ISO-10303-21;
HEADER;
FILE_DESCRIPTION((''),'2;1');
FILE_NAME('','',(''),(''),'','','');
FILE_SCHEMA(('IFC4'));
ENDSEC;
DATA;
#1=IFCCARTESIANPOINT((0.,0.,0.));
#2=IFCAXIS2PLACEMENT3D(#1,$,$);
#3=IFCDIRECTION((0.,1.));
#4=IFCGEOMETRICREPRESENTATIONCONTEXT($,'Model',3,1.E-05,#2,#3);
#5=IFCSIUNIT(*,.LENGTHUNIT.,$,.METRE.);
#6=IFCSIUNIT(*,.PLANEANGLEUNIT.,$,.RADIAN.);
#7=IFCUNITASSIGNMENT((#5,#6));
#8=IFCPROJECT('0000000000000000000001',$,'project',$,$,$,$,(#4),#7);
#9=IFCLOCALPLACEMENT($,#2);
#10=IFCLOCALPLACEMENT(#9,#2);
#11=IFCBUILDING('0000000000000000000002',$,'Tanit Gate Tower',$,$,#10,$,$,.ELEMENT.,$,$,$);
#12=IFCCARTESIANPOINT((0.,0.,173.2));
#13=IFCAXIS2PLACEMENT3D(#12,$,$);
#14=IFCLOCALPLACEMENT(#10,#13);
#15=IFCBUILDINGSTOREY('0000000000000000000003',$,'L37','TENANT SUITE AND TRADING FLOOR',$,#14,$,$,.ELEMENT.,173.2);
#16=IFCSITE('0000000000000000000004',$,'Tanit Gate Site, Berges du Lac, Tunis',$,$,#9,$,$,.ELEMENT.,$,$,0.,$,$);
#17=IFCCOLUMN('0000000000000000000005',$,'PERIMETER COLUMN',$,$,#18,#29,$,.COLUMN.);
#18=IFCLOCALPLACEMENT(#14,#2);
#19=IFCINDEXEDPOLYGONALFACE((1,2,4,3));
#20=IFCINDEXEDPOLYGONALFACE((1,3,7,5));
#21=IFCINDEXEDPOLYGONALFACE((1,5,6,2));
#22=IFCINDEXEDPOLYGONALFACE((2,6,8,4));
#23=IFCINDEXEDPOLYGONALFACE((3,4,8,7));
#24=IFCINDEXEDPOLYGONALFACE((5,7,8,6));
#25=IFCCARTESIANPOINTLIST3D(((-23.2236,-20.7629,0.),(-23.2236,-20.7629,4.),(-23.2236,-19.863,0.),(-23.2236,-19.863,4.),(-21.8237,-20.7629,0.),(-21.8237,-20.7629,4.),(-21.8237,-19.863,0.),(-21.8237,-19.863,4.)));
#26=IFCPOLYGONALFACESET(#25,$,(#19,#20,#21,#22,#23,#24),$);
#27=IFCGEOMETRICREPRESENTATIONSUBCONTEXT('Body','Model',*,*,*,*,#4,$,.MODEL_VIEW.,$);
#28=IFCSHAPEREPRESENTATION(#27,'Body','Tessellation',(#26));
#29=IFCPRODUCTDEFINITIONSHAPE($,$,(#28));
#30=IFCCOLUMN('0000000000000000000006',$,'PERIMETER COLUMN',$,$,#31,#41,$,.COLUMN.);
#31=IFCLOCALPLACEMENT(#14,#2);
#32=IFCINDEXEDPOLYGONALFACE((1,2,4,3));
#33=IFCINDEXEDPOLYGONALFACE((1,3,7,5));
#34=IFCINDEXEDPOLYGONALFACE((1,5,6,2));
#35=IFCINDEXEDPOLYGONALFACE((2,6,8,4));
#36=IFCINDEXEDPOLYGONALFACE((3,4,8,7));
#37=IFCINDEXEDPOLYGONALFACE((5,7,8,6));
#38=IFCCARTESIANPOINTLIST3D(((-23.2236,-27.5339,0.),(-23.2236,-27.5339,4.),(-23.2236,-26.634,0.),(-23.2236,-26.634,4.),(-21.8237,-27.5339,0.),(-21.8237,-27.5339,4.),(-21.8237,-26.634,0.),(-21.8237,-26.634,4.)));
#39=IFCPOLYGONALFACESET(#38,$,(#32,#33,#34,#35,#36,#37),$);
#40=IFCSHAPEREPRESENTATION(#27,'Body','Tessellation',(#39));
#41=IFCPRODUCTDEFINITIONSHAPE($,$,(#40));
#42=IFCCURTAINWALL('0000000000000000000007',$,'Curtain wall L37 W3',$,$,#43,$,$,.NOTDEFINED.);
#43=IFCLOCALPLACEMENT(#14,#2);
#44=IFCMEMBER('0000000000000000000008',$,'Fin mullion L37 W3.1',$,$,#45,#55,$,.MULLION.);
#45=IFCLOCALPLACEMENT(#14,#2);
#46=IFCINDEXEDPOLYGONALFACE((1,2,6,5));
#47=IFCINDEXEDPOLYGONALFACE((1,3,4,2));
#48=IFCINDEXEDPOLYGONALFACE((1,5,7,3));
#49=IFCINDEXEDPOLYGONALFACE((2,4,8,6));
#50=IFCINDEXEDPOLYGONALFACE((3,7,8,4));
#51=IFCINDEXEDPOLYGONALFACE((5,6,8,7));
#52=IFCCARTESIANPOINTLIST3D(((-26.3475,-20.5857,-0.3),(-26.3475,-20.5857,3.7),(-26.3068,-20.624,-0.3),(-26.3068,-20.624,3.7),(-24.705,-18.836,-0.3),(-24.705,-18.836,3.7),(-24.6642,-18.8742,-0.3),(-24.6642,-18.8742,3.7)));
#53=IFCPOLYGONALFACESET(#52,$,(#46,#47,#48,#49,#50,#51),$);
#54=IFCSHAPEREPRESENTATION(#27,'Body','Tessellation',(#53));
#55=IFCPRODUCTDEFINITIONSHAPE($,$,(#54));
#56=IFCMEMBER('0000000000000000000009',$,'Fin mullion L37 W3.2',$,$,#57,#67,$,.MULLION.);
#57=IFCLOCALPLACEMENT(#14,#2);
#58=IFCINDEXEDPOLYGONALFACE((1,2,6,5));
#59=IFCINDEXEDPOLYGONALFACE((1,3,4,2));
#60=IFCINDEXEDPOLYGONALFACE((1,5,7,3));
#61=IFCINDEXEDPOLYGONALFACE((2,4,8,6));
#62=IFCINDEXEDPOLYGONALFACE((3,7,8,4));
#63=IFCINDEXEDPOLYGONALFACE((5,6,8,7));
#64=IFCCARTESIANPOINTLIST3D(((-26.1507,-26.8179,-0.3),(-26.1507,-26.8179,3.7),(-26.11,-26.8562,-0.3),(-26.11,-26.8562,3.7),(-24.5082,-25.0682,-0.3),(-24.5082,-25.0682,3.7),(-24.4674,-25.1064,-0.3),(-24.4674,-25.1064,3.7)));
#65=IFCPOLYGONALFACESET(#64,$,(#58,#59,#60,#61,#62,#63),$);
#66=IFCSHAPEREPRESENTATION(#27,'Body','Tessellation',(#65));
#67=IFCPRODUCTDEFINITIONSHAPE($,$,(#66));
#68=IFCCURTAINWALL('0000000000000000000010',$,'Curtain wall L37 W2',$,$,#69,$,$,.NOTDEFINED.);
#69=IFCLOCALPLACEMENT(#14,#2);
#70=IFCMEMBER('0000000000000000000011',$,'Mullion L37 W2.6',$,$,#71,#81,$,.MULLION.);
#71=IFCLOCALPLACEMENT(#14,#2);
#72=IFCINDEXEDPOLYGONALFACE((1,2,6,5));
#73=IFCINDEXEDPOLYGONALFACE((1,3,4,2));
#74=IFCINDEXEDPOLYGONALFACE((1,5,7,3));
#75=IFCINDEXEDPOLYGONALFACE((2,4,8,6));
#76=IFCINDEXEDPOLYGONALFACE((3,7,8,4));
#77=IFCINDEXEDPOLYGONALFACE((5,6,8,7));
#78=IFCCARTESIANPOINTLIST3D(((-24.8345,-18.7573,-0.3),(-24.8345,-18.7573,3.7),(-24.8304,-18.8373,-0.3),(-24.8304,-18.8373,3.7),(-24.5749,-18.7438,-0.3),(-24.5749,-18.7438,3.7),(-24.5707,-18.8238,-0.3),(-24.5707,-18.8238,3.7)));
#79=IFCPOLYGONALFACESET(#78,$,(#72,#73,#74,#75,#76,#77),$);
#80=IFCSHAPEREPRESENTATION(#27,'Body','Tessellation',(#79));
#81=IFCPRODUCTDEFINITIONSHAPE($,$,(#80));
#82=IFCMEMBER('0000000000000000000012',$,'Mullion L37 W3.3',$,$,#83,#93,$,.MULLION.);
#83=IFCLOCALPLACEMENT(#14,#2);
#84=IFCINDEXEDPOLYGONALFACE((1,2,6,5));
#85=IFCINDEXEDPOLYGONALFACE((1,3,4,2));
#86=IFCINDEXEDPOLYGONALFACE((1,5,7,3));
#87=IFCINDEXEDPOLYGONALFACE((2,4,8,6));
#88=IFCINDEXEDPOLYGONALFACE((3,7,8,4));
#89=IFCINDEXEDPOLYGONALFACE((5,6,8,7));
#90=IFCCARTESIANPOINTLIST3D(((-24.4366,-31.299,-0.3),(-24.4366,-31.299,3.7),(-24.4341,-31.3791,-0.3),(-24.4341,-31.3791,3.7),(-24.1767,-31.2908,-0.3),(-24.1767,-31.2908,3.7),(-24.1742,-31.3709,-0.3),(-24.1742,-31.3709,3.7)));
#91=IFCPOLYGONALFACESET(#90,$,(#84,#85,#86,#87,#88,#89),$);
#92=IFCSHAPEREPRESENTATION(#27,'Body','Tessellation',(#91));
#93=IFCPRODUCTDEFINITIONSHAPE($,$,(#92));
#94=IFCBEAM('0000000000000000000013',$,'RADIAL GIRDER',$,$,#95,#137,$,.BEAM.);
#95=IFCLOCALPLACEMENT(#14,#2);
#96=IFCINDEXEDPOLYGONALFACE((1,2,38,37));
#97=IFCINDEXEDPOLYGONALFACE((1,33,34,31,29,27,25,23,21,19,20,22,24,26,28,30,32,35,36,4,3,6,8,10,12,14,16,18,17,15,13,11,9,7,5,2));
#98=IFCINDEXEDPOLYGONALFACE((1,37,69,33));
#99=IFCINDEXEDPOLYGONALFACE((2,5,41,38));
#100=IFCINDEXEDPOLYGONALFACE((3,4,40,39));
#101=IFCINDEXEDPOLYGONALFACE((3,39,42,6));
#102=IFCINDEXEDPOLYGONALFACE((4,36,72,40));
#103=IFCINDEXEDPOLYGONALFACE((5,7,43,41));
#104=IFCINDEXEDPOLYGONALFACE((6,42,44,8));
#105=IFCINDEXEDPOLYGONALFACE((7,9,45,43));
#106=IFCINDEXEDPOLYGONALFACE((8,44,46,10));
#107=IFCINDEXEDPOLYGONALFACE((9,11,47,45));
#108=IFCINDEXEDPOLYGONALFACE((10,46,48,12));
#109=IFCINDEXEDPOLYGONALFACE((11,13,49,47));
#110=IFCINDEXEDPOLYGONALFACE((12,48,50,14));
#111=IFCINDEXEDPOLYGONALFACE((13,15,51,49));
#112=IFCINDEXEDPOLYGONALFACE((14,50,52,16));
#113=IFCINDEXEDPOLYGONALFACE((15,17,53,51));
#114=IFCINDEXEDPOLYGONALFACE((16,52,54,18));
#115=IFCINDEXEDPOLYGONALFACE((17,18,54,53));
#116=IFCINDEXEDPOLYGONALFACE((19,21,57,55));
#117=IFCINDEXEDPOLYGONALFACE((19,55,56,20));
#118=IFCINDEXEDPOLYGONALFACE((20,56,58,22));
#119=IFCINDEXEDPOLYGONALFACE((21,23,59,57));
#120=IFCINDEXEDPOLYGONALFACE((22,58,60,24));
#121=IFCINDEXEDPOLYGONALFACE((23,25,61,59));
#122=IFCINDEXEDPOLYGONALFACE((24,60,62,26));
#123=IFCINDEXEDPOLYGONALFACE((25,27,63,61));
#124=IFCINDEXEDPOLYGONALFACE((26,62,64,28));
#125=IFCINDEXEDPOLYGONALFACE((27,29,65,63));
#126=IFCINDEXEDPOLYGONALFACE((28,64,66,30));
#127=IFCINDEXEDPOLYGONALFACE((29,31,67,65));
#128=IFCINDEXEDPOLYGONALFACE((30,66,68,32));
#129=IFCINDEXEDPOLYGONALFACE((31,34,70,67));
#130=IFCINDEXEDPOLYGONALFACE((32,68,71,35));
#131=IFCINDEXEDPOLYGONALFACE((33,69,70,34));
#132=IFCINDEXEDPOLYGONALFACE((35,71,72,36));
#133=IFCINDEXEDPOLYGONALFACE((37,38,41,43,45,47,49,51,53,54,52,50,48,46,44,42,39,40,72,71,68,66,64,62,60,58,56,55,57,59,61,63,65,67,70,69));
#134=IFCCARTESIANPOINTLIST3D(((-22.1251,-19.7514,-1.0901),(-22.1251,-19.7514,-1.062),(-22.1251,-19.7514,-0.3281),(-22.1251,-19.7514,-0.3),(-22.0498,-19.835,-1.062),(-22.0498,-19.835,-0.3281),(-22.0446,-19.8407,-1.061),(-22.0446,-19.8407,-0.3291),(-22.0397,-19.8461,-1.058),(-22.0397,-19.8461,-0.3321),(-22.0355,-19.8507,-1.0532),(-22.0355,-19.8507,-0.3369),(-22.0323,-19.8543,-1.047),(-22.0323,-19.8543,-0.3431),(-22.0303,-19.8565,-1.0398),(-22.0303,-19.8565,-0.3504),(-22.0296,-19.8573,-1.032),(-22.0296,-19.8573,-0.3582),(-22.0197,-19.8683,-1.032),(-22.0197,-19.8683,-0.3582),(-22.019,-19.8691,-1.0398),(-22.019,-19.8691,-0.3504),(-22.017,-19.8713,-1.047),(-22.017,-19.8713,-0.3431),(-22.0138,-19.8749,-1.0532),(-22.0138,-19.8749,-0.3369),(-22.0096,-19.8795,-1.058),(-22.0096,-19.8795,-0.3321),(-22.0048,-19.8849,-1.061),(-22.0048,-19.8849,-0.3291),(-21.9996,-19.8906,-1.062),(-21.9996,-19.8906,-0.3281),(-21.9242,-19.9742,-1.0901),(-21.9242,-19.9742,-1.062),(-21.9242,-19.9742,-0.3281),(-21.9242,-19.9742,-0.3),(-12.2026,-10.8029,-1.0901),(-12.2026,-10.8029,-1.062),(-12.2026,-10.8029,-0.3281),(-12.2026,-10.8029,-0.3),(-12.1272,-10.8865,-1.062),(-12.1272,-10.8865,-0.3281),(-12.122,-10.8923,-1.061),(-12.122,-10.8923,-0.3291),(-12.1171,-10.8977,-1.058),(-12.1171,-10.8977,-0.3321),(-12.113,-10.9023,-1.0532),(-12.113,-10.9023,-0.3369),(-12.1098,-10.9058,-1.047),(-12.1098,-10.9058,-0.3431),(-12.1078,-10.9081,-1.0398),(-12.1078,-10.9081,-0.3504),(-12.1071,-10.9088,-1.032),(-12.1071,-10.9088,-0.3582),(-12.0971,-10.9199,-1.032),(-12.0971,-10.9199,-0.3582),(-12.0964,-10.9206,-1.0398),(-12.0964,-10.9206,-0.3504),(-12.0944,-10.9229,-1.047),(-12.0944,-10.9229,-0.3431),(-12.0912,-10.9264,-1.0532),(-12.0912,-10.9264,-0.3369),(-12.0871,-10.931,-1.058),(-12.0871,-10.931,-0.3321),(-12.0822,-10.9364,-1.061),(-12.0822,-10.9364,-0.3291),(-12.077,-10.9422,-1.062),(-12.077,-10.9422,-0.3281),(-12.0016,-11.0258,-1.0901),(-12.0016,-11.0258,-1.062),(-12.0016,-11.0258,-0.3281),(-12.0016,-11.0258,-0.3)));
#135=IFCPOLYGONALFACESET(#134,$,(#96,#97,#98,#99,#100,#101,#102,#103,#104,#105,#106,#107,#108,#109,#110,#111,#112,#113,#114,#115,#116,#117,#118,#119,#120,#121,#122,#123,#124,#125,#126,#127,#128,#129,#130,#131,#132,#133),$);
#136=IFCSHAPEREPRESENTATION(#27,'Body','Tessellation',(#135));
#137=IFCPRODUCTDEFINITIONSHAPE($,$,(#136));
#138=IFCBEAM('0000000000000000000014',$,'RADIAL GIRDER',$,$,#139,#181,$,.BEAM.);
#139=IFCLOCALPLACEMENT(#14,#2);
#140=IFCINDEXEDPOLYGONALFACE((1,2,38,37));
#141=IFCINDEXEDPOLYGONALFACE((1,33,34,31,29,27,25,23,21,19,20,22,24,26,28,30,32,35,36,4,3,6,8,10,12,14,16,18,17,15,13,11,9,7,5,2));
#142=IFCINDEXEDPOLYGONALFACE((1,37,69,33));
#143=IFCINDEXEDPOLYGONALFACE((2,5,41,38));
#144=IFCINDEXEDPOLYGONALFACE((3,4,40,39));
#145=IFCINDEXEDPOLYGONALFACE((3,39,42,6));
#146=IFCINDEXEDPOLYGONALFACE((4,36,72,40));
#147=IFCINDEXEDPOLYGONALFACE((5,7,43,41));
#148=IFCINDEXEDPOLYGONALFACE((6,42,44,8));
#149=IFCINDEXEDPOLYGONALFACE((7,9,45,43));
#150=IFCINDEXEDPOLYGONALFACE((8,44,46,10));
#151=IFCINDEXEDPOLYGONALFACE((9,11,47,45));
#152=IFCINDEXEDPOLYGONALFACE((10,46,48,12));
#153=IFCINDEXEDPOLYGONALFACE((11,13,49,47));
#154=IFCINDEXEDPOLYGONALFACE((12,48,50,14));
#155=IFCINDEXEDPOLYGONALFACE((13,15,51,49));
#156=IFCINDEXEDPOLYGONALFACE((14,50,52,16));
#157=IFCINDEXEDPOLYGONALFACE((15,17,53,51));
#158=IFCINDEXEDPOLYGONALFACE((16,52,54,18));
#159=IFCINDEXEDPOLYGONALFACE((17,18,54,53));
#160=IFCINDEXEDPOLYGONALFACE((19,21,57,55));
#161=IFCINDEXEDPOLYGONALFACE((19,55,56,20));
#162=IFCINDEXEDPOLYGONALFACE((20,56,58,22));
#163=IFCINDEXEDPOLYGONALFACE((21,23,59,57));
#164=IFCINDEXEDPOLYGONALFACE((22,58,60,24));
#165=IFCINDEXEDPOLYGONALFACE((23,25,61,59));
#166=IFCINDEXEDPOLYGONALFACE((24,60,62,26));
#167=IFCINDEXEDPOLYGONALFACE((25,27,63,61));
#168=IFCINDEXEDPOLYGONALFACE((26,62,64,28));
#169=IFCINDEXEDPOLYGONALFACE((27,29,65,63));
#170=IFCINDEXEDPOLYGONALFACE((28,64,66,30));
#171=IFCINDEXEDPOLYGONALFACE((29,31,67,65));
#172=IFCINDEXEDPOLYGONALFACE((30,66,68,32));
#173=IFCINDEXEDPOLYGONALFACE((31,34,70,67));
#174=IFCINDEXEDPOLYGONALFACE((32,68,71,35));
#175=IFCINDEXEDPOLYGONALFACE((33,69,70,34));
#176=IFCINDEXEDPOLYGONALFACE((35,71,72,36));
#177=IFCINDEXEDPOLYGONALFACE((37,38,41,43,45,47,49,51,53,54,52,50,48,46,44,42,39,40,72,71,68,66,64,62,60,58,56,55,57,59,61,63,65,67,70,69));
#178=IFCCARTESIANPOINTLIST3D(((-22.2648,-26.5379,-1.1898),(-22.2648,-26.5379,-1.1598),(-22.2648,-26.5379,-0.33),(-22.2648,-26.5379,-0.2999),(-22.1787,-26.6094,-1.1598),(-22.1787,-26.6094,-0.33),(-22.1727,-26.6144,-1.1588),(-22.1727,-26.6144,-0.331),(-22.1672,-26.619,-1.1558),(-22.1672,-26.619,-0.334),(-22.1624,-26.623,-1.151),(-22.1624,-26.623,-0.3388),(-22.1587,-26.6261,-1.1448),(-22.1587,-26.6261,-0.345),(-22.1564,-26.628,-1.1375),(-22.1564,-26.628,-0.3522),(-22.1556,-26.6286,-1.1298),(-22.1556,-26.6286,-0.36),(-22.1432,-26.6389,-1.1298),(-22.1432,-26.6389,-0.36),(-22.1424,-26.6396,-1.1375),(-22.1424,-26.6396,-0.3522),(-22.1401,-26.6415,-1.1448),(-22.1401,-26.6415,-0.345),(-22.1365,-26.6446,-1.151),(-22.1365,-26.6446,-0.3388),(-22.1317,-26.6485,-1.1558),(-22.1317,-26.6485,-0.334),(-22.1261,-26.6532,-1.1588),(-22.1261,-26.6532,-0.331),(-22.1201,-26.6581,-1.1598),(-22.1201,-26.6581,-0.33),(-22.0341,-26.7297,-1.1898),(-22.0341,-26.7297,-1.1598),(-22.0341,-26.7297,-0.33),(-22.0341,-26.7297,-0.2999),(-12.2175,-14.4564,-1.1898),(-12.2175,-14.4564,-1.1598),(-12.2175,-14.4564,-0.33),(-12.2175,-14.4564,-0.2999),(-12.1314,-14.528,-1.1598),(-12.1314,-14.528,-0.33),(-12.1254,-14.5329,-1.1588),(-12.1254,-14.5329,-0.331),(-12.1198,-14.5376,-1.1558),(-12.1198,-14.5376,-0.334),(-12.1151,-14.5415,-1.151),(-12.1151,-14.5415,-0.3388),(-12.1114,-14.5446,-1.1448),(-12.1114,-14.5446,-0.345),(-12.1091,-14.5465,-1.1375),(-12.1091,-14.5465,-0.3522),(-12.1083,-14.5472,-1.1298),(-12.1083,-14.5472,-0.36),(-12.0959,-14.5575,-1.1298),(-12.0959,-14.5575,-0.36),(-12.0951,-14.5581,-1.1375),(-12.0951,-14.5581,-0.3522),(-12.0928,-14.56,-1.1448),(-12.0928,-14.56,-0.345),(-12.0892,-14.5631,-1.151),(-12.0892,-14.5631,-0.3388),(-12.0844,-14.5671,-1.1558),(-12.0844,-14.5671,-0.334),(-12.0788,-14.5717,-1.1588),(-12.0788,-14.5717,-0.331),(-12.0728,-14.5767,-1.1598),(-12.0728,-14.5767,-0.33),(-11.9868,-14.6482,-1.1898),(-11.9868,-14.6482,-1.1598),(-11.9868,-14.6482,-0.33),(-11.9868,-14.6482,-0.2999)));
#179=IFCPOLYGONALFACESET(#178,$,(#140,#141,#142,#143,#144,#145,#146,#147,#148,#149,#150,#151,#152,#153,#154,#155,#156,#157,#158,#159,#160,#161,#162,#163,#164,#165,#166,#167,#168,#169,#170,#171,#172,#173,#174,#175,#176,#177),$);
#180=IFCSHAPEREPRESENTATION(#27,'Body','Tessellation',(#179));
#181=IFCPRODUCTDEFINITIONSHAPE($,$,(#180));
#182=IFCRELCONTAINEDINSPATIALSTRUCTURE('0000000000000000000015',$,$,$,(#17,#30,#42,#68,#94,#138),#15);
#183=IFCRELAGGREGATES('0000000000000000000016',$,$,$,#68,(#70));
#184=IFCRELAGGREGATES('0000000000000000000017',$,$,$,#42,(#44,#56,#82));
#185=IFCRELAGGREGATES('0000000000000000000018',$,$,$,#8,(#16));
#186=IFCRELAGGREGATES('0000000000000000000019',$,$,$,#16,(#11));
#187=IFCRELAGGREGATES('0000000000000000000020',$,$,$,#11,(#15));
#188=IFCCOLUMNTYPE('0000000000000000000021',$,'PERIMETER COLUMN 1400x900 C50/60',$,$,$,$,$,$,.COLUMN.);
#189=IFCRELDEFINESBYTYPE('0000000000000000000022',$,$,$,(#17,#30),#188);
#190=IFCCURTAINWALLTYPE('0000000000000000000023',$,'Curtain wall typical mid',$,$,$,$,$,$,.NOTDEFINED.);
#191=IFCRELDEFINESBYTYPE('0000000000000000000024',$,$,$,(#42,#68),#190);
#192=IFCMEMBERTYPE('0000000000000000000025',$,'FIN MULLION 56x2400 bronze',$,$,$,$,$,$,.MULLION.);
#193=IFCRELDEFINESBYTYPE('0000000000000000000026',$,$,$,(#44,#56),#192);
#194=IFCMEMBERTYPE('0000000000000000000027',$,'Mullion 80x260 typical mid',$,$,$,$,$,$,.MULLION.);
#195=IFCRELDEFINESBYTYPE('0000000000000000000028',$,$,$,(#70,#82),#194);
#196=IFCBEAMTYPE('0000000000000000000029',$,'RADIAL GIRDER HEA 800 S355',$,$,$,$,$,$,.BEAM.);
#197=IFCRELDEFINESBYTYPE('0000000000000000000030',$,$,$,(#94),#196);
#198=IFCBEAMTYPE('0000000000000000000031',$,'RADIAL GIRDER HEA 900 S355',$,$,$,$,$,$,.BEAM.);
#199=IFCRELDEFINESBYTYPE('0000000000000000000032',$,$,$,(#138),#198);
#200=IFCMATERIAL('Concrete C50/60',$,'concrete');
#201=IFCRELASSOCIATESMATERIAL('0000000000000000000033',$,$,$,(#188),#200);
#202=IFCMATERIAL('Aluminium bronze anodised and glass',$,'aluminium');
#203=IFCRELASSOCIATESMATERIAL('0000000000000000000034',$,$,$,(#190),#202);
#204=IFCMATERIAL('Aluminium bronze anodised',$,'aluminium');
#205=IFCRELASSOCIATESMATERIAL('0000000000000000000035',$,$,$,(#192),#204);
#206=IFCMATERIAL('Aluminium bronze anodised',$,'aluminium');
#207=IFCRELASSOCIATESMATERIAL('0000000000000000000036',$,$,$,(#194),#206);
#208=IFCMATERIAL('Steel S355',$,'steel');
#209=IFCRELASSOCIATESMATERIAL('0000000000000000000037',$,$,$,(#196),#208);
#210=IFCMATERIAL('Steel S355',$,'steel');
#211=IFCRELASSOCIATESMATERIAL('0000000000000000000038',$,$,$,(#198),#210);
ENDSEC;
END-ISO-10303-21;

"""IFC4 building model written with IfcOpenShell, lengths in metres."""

from ifc_helpers import new_model, si_unit, direction, frame, origin, origin_2d, place, context, subcontext, project, spatial, rectangle, i_section, extrude, material, material_profile, profile_set, type_object, element, aggregate, save


model = new_model("IFC4")

# Units and contexts
model_context = context("Model", 3, precision=1e-05, world=origin(), true_north=direction((0.0, 1.0)))
body_context = subcontext(model_context, "Body", "Model", "MODEL_VIEW")
ifc_project = project(units=[si_unit("LENGTHUNIT", "METRE"), si_unit("PLANEANGLEUNIT", "RADIAN")], contexts=[model_context])

# Site, building, storey
site_placement = place(None, origin())
site = spatial("IfcSite", under=ifc_project, at=site_placement, Name="Tanit Gate Site, Berges du Lac, Tunis", CompositionType="ELEMENT", RefElevation=0.0)
building_placement = place(site_placement, origin())
building = spatial("IfcBuilding", under=site, at=building_placement, Name="Tanit Gate Tower", CompositionType="ELEMENT")
storey_placement = place(building_placement, frame((0.0, 0.0, 173.2)))
storey = spatial("IfcBuildingStorey", under=building, at=storey_placement, Name="L37", Description="TENANT SUITE AND TRADING FLOOR", CompositionType="ELEMENT", Elevation=173.2)

# Columns
ifc_material_1 = material(Name="Concrete C50/60", Category="concrete")
ifc_material_profile_1 = material_profile(ifc_material_1, rectangle(XDim=1.3999, YDim=0.8999, at=origin_2d()), Name="RC 1400x900")
ifc_profile_set_1 = profile_set([ifc_material_profile_1], Name="Concrete C50/60")
column_type = type_object("IfcColumnType", Name="PERIMETER COLUMN 1400x900 C50/60", PredefinedType="COLUMN", material=ifc_profile_set_1)
for number, where, z_axis, x_axis, name in (
    (1, (-22.5237, -20.313, 0.0), (0.0, 0.0, 1.0), (-1.0, 0.0, 0.0), "PERIMETER COLUMN"),
    (2, (-22.5237, -27.084, 0.0), (0.0, 0.0, 1.0), (-1.0, 0.0, 0.0), "PERIMETER COLUMN"),
):
    element("IfcColumn", number, at=place(storey_placement, frame(where, z_axis=z_axis, x_axis=x_axis)), inside=storey, type_object=column_type, Name=name, PredefinedType="COLUMN", context=body_context, shape_type="SweptSolid", body=[
        extrude(rectangle(XDim=1.3999, YDim=0.8999, at=origin_2d()), origin(), (0.0, 0.0, 1.0), 4.0),
    ])

# Curtain wall, members
ifc_material_2 = material(Name="Aluminium bronze anodised and glass", Category="aluminium")
curtain_wall_type = type_object("IfcCurtainWallType", Name="Curtain wall typical mid", PredefinedType="NOTDEFINED", material=ifc_material_2)
curtain_wall_1_placement = place(storey_placement, origin())
curtain_wall_1 = element("IfcCurtainWall", 3, at=curtain_wall_1_placement, inside=storey, type_object=curtain_wall_type, Name="Curtain wall L37 W3", PredefinedType="NOTDEFINED")
ifc_material_3 = material(Name="Aluminium bronze anodised", Category="aluminium")
ifc_material_profile_2 = material_profile(ifc_material_3, rectangle(XDim=2.3999, YDim=0.0559, at=origin_2d()), Name="56x2400 bronze fin mullion")
ifc_profile_set_2 = profile_set([ifc_material_profile_2], Name="Aluminium bronze anodised")
member_type_1 = type_object("IfcMemberType", Name="FIN MULLION 56x2400 bronze", PredefinedType="MULLION", material=ifc_profile_set_2)
member_1_placement = place(storey_placement, frame((-25.5059, -19.73, -0.3), z_axis=(0.0, 0.0, 1.0), x_axis=(0.684422, 0.729086, 0.0)))
member_1 = element("IfcMember", 4, at=member_1_placement, type_object=member_type_1, Name="Fin mullion L37 W3.1", PredefinedType="MULLION", context=body_context, shape_type="SweptSolid", body=[
    extrude(rectangle(XDim=2.3999, YDim=0.0559, at=origin_2d()), origin(), (0.0, 0.0, 1.0), 4.0),
])
member_2_placement = place(storey_placement, frame((-25.3091, -25.9622, -0.3), z_axis=(0.0, 0.0, 1.0), x_axis=(0.684422, 0.729086, 0.0)))
member_2 = element("IfcMember", 5, at=member_2_placement, type_object=member_type_1, Name="Fin mullion L37 W3.2", PredefinedType="MULLION", context=body_context, shape_type="SweptSolid", body=[
    extrude(rectangle(XDim=2.3999, YDim=0.0559, at=origin_2d()), origin(), (0.0, 0.0, 1.0), 4.0),
])

# Curtain wall, member
curtain_wall_2_placement = place(storey_placement, origin())
curtain_wall_2 = element("IfcCurtainWall", 6, at=curtain_wall_2_placement, inside=storey, type_object=curtain_wall_type, Name="Curtain wall L37 W2", PredefinedType="NOTDEFINED")
ifc_material_4 = material(Name="Aluminium bronze anodised", Category="aluminium")
ifc_material_profile_3 = material_profile(ifc_material_4, rectangle(XDim=0.26, YDim=0.0801, at=origin_2d()), Name="80x260 bronze mullion")
ifc_profile_set_3 = profile_set([ifc_material_profile_3], Name="Aluminium bronze anodised")
member_type_2 = type_object("IfcMemberType", Name="Mullion 80x260 typical mid", PredefinedType="MULLION", material=ifc_profile_set_3)
member_3_placement = place(storey_placement, frame((-24.7026, -18.7905, -0.3), z_axis=(0.0, 0.0, 1.0), x_axis=(0.998654, 0.051865, 0.0)))
member_3 = element("IfcMember", 7, at=member_3_placement, type_object=member_type_2, Name="Mullion L37 W2.6", PredefinedType="MULLION", context=body_context, shape_type="SweptSolid", body=[
    extrude(rectangle(XDim=0.26, YDim=0.0801, at=origin_2d()), origin(), (0.0, 0.0, 1.0), 4.0),
])
aggregate(curtain_wall_2, [member_3])

# Member
member_4_placement = place(storey_placement, frame((-24.3054, -31.335, -0.3), z_axis=(0.0, 0.0, 1.0), x_axis=(0.999501, 0.031583, 0.0)))
member_4 = element("IfcMember", 8, at=member_4_placement, type_object=member_type_2, Name="Mullion L37 W3.3", PredefinedType="MULLION", context=body_context, shape_type="SweptSolid", body=[
    extrude(rectangle(XDim=0.26, YDim=0.0801, at=origin_2d()), origin(), (0.0, 0.0, 1.0), 4.0),
])

# Beams
ifc_material_5 = material(Name="Steel S355", Category="steel")
ifc_material_profile_4 = material_profile(ifc_material_5, i_section(OverallWidth=0.3, OverallDepth=0.79, WebThickness=0.0149, FlangeThickness=0.0281, FilletRadius=0.03, at=origin_2d()), Name="HEA 800")
ifc_profile_set_4 = profile_set([ifc_material_profile_4], Name="Steel S355")
beam_type_1 = type_object("IfcBeamType", Name="RADIAL GIRDER HEA 800 S355", PredefinedType="BEAM", material=ifc_profile_set_4)
beam_1_placement = place(storey_placement, frame((-22.0247, -19.8628, -0.6951), z_axis=(0.742619, 0.669714, 0.0), x_axis=(-0.669714, 0.742619, 0.0)))
element("IfcBeam", 9, at=beam_1_placement, inside=storey, type_object=beam_type_1, Name="RADIAL GIRDER", PredefinedType="BEAM", context=body_context, shape_type="SweptSolid", body=[
    extrude(i_section(OverallWidth=0.3, OverallDepth=0.79, WebThickness=0.0149, FlangeThickness=0.0281, FilletRadius=0.03, at=origin_2d()), origin(), (0.0, 0.0, 1.0), 13.3616),
])
ifc_material_6 = material(Name="Steel S355", Category="steel")
ifc_material_profile_5 = material_profile(ifc_material_6, i_section(OverallWidth=0.3, OverallDepth=0.8899, WebThickness=0.0161, FlangeThickness=0.03, FilletRadius=0.03, at=origin_2d()), Name="HEA 900")
ifc_profile_set_5 = profile_set([ifc_material_profile_5], Name="Steel S355")
beam_type_2 = type_object("IfcBeamType", Name="RADIAL GIRDER HEA 900 S355", PredefinedType="BEAM", material=ifc_profile_set_5)
beam_2_placement = place(storey_placement, frame((-22.1494, -26.6338, -0.7449), z_axis=(0.639411, 0.768865, 0.0), x_axis=(-0.768865, 0.639411, 0.0)))
element("IfcBeam", 10, at=beam_2_placement, inside=storey, type_object=beam_type_2, Name="RADIAL GIRDER", PredefinedType="BEAM", context=body_context, shape_type="SweptSolid", body=[
    extrude(i_section(OverallWidth=0.3, OverallDepth=0.8899, WebThickness=0.0161, FlangeThickness=0.03, FilletRadius=0.03, at=origin_2d()), origin(), (0.0, 0.0, 1.0), 15.7134),
])

aggregate(curtain_wall_1, [member_1, member_2, member_4])

save(model, "model.ifc")
